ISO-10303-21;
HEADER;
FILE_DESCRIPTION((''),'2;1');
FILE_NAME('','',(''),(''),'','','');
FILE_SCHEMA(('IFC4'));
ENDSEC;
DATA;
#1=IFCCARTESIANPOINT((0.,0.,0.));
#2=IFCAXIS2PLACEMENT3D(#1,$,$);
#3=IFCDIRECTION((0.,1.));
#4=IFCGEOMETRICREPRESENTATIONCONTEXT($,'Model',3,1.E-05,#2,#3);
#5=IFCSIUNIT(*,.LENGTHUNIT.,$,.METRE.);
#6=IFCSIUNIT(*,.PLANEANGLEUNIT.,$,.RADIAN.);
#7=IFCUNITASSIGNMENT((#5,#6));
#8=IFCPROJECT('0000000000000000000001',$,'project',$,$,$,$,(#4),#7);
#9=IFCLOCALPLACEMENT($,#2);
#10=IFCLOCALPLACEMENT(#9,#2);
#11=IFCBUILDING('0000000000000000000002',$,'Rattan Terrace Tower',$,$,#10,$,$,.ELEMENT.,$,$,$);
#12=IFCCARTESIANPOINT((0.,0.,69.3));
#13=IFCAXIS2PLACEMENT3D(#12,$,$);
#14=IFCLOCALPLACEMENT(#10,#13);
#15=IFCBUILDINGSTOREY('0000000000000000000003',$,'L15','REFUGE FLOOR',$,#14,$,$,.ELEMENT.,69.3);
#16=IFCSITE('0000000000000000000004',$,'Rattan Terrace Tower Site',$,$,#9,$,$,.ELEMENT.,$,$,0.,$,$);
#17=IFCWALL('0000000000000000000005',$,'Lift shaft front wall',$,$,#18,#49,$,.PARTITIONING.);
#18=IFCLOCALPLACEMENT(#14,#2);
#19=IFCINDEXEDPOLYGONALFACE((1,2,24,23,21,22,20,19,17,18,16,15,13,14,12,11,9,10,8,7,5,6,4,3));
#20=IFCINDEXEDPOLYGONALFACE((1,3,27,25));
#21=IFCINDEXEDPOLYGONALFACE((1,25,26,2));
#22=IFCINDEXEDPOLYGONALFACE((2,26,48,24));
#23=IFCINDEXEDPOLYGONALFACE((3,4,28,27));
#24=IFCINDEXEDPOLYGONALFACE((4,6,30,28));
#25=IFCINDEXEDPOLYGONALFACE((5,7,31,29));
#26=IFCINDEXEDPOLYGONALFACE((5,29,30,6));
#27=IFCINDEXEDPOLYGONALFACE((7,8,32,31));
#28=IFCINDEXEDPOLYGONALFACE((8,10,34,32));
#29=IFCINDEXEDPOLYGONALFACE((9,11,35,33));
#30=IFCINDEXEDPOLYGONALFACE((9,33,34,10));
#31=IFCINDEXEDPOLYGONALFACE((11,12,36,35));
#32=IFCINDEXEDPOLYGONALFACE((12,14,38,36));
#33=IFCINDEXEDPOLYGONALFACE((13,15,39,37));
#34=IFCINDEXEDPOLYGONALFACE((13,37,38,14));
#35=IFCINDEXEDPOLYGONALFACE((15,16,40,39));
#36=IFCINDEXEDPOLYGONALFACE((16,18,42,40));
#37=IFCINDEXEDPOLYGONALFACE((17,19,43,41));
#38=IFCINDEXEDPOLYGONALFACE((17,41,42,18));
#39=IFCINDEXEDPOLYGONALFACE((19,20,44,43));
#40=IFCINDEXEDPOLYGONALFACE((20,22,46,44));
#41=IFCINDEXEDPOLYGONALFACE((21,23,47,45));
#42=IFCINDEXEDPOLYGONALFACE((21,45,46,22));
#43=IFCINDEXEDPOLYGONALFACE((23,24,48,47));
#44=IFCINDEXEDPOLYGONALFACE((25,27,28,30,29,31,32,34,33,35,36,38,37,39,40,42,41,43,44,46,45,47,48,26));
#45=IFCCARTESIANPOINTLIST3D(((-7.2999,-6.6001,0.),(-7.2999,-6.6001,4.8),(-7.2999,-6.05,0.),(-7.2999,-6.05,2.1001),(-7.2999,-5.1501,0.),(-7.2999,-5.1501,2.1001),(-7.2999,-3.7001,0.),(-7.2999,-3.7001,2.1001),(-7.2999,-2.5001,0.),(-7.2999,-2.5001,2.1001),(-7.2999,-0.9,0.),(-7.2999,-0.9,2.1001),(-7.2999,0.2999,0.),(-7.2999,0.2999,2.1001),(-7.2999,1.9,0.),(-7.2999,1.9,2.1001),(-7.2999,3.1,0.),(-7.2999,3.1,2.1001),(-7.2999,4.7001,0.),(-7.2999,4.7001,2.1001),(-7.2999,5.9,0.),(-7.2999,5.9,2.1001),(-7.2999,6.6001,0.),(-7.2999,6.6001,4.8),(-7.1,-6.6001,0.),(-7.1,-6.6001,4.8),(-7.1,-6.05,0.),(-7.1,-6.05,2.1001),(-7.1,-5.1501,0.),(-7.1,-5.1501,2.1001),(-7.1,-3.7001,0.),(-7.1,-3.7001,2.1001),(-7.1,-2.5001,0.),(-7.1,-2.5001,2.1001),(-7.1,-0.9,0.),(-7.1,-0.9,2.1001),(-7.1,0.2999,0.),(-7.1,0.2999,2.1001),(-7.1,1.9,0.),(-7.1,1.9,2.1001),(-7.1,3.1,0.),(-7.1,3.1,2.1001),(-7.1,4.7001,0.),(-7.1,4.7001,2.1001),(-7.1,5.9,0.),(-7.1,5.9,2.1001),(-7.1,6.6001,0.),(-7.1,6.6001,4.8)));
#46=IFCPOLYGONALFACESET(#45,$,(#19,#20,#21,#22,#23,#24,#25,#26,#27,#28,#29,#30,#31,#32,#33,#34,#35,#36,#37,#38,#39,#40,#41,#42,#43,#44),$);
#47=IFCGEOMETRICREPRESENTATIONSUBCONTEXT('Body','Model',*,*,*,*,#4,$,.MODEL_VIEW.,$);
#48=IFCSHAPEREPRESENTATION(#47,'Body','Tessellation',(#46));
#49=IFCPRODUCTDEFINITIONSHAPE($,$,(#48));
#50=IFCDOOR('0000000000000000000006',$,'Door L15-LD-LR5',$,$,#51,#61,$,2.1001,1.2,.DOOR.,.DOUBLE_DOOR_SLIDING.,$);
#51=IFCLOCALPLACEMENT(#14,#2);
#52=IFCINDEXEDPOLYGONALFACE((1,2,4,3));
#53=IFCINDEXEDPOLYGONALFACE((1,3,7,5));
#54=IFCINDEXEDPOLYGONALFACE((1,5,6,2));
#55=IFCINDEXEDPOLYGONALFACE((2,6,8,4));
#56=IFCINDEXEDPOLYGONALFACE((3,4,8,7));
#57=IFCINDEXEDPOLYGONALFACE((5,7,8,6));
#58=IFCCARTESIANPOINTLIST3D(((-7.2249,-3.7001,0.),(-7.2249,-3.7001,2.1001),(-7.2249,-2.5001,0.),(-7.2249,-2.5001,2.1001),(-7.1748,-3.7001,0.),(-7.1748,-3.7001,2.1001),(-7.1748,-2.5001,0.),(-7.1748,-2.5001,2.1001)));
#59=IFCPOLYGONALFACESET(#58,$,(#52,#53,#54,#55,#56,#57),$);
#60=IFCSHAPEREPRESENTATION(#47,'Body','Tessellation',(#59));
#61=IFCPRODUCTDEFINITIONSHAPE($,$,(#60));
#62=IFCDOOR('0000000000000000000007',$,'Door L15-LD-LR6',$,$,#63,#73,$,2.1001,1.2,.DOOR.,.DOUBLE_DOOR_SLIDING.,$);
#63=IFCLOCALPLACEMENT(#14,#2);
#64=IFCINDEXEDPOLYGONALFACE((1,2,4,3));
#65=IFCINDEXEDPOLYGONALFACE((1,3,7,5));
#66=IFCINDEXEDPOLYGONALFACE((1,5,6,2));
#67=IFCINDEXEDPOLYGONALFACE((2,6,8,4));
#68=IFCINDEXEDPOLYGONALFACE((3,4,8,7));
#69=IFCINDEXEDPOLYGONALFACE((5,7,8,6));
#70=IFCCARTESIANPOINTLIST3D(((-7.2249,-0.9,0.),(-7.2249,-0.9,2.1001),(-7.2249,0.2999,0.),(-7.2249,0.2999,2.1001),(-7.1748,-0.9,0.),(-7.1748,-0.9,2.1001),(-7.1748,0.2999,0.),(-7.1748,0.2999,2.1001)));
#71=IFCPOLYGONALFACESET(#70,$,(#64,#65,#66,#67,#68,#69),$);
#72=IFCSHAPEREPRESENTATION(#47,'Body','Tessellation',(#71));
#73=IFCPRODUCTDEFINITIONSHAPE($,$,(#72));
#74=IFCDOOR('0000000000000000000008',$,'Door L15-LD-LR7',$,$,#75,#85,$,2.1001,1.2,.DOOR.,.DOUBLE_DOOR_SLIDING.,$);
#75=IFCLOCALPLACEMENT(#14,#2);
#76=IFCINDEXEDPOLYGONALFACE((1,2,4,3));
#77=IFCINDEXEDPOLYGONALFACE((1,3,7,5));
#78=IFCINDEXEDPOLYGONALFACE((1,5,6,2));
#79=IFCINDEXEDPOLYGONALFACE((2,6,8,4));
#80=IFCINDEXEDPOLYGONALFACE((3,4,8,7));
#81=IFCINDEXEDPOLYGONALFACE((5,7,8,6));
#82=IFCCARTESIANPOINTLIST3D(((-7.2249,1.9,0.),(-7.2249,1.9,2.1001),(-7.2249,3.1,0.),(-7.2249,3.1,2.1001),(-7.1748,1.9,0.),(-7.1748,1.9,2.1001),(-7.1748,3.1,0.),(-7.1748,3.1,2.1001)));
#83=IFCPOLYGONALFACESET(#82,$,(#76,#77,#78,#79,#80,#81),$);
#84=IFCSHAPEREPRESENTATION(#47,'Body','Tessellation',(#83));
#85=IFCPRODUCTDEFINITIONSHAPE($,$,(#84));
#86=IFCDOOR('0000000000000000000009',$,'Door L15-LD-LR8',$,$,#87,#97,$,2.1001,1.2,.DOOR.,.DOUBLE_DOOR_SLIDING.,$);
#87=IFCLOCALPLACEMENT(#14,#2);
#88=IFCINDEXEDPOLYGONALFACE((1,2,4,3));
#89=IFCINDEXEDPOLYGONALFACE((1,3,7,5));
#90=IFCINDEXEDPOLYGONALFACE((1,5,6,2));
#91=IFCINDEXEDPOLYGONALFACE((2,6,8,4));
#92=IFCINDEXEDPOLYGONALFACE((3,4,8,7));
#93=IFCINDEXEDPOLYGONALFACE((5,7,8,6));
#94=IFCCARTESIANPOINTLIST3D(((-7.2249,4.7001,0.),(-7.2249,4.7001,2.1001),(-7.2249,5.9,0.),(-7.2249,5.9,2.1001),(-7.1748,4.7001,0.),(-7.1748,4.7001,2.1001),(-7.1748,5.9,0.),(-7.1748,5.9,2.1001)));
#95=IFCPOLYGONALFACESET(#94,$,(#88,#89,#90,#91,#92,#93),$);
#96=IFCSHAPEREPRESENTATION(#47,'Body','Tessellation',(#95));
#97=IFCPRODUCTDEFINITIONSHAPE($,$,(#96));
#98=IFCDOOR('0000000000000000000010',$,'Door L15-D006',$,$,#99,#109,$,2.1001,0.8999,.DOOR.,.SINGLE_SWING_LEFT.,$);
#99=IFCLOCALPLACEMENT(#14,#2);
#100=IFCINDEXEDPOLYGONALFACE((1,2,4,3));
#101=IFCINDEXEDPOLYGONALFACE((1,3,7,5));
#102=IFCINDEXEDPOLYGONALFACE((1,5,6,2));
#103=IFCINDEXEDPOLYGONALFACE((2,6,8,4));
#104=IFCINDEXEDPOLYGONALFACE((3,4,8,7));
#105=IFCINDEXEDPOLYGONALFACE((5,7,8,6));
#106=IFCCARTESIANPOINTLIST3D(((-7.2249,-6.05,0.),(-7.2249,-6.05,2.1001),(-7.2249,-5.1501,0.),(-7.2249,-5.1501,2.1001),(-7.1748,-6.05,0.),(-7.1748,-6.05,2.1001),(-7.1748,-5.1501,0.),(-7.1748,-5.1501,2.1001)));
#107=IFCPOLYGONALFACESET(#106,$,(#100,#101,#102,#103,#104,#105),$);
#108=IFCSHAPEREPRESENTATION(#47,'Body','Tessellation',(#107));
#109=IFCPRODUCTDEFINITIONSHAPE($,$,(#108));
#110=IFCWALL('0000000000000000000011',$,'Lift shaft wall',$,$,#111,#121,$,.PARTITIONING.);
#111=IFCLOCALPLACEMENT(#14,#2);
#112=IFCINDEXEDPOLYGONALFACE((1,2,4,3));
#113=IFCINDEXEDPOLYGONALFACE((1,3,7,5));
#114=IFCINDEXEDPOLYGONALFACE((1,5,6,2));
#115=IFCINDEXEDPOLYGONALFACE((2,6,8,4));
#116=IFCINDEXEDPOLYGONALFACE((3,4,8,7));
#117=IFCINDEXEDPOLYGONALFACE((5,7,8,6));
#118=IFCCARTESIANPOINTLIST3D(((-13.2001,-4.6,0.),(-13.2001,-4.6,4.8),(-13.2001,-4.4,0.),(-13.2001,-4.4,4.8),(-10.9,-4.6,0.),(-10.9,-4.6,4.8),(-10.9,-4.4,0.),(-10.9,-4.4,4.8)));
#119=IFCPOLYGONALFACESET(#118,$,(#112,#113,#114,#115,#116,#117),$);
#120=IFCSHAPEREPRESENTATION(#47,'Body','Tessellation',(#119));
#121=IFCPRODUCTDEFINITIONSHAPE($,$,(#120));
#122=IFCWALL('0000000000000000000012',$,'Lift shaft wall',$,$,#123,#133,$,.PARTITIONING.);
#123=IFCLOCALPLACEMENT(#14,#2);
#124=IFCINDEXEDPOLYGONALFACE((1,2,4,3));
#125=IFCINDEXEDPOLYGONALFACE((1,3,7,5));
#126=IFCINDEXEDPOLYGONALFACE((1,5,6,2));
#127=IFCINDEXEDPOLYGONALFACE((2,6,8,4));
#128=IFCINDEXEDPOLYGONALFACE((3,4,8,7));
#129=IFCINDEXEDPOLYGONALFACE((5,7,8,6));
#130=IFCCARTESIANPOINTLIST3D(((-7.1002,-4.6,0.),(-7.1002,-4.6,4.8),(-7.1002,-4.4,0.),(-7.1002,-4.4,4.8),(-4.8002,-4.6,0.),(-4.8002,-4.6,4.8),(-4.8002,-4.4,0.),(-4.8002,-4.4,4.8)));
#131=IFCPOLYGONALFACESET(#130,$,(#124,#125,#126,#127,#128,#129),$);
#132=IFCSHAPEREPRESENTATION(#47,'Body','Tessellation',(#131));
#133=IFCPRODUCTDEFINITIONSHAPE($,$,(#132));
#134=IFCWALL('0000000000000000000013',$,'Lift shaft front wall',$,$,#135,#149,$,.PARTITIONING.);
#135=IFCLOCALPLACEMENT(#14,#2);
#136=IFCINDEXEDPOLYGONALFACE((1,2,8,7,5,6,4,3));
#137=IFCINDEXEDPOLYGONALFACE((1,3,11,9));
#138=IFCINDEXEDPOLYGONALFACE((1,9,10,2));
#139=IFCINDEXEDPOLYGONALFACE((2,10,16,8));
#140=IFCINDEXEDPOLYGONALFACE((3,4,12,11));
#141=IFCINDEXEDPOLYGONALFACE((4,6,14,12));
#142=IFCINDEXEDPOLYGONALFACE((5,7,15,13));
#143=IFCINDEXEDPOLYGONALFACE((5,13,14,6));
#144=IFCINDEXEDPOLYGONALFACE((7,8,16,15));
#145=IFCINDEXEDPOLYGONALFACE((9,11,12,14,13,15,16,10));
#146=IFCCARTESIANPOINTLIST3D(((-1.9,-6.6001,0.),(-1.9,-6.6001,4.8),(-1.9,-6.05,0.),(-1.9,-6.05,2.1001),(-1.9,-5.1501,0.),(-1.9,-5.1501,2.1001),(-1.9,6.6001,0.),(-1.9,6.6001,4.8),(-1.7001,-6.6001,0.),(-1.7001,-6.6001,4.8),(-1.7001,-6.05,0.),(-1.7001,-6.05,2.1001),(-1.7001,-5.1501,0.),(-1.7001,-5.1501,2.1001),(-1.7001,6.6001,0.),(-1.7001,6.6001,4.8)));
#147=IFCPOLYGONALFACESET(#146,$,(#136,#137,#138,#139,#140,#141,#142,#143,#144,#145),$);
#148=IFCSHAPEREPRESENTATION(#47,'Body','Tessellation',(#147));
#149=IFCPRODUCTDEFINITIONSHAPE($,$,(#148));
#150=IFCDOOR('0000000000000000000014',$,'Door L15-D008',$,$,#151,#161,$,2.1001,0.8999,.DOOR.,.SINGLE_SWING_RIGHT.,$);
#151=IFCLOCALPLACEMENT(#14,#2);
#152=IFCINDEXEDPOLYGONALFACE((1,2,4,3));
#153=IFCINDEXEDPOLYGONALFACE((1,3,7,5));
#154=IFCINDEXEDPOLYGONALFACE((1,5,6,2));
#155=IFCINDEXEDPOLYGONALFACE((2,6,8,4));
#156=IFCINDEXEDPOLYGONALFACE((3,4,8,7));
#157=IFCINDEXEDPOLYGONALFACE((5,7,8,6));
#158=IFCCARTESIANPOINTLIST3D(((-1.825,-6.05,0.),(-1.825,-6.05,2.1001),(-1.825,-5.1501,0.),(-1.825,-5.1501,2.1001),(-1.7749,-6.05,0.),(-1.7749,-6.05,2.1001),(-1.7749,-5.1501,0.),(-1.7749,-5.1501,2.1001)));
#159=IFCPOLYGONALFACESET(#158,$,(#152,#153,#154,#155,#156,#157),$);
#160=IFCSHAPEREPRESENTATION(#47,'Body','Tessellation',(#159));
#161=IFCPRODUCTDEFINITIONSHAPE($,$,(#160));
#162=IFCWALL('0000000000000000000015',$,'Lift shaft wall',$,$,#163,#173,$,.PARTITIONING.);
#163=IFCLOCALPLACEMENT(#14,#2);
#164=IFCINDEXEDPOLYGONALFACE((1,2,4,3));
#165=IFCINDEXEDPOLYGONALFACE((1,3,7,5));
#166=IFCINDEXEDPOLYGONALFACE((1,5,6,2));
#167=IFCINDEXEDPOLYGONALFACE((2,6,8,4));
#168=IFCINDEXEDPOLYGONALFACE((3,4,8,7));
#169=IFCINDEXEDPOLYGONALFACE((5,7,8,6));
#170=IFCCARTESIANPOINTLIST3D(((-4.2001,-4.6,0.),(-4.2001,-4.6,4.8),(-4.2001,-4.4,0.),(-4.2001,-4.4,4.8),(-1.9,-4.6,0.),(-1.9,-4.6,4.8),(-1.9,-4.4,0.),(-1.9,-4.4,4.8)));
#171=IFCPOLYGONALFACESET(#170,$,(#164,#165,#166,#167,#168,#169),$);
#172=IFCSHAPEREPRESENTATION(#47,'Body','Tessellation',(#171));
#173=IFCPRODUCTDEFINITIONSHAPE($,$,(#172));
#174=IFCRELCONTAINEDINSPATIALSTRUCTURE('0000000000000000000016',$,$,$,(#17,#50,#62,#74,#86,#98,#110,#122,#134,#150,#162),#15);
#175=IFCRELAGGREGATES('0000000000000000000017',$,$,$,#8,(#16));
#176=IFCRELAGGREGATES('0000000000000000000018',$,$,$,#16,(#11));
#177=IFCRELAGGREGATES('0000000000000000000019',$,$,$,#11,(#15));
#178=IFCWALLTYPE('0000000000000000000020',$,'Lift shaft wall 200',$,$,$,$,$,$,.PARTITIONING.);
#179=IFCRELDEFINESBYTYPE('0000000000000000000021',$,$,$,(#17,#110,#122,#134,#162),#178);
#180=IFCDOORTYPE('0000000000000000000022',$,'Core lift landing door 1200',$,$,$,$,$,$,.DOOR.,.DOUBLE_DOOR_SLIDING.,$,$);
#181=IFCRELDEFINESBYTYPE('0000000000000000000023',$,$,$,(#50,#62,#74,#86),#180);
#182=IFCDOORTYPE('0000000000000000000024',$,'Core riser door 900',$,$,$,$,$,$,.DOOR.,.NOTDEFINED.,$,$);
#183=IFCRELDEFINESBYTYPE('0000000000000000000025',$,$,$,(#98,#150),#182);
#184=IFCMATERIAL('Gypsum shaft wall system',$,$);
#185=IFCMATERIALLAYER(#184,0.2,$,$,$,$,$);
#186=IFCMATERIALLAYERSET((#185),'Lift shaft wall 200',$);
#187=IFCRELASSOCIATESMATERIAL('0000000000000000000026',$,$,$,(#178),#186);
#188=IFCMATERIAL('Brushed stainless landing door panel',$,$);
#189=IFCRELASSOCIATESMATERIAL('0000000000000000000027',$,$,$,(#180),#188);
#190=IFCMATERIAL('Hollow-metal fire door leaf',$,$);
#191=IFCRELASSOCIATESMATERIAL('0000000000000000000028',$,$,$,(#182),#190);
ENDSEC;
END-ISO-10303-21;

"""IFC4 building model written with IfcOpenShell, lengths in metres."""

from ifc_helpers import new_model, si_unit, direction, frame, frame_2d, origin, place, context, subcontext, project, spatial, rectangle, extrude, material, layer, layer_set, type_object, element, fill, save


model = new_model("IFC4")

# Units and contexts
model_context = context("Model", 3, precision=1e-05, world=origin(), true_north=direction((0.0, 1.0)))
body_context = subcontext(model_context, "Body", "Model", "MODEL_VIEW")
ifc_project = project(units=[si_unit("LENGTHUNIT", "METRE"), si_unit("PLANEANGLEUNIT", "RADIAN")], contexts=[model_context])

# Site, building, storey
site_placement = place(None, origin())
site = spatial("IfcSite", under=ifc_project, at=site_placement, Name="Rattan Terrace Tower Site", CompositionType="ELEMENT", RefElevation=0.0)
building_placement = place(site_placement, origin())
building = spatial("IfcBuilding", under=site, at=building_placement, Name="Rattan Terrace Tower", CompositionType="ELEMENT")
storey_placement = place(building_placement, frame((0.0, 0.0, 69.3)))
storey = spatial("IfcBuildingStorey", under=building, at=storey_placement, Name="L15", Description="REFUGE FLOOR", CompositionType="ELEMENT", Elevation=69.3)

# Wall, openings, doors
ifc_material_1 = material(Name="Gypsum shaft wall system")
ifc_layer_1 = layer(ifc_material_1, 0.2)
ifc_layer_set_1 = layer_set([ifc_layer_1], Name="Lift shaft wall 200")
wall_type_1 = type_object("IfcWallType", Name="Lift shaft wall 200", PredefinedType="PARTITIONING", material=ifc_layer_set_1)
ifc_material_2 = material(Name="Brushed stainless landing door panel")
door_type_1 = type_object("IfcDoorType", Name="Core lift landing door 1200", OperationType="DOUBLE_DOOR_SLIDING", PredefinedType="DOOR", material=ifc_material_2)
ifc_material_3 = material(Name="Hollow-metal fire door leaf")
door_type_2 = type_object("IfcDoorType", Name="Core riser door 900", OperationType="NOTDEFINED", PredefinedType="DOOR", material=ifc_material_3)
wall_1_placement = place(storey_placement, frame((-7.2, -6.6001, 0.0), z_axis=(0.0, 0.0, 1.0), x_axis=(0.0, 1.0, 0.0)))
wall_1 = element("IfcWall", 1, at=wall_1_placement, inside=storey, type_object=wall_type_1, Name="Lift shaft front wall", PredefinedType="PARTITIONING", context=body_context, shape_type="SweptSolid", body=[
    extrude(rectangle(XDim=13.2002, YDim=0.2, at=frame_2d((6.6001, 0.0))), origin(), (0.0, 0.0, 1.0), 4.8),
])
opening_1_placement = place(wall_1_placement, frame((0.55, 0.0, 0.0)))
opening_1 = element("IfcOpeningElement", 2, at=opening_1_placement, cuts=wall_1, PredefinedType="OPENING", context=body_context, shape_type="SweptSolid", body=[
    extrude(rectangle(XDim=0.8999, YDim=2.1001, at=frame_2d((0.45, 1.05))), frame((0.0, 0.1106, 0.0), z_axis=(0.0, -1.0, 0.0), x_axis=(1.0, 0.0, 0.0)), (0.0, 0.0, 1.0), 0.2209),
])
opening_2_placement = place(wall_1_placement, frame((2.8999, 0.0, 0.0)))
opening_2 = element("IfcOpeningElement", 3, at=opening_2_placement, cuts=wall_1, PredefinedType="OPENING", context=body_context, shape_type="SweptSolid", body=[
    extrude(rectangle(XDim=1.2, YDim=2.1001, at=frame_2d((0.6001, 1.05))), frame((0.0, 0.1106, 0.0), z_axis=(0.0, -1.0, 0.0), x_axis=(1.0, 0.0, 0.0)), (0.0, 0.0, 1.0), 0.2209),
])
opening_3_placement = place(wall_1_placement, frame((5.7, 0.0, 0.0)))
opening_3 = element("IfcOpeningElement", 4, at=opening_3_placement, cuts=wall_1, PredefinedType="OPENING", context=body_context, shape_type="SweptSolid", body=[
    extrude(rectangle(XDim=1.2, YDim=2.1001, at=frame_2d((0.6001, 1.05))), frame((0.0, 0.1106, 0.0), z_axis=(0.0, -1.0, 0.0), x_axis=(1.0, 0.0, 0.0)), (0.0, 0.0, 1.0), 0.2209),
])
opening_4_placement = place(wall_1_placement, frame((8.5, 0.0, 0.0)))
opening_4 = element("IfcOpeningElement", 5, at=opening_4_placement, cuts=wall_1, PredefinedType="OPENING", context=body_context, shape_type="SweptSolid", body=[
    extrude(rectangle(XDim=1.2, YDim=2.1001, at=frame_2d((0.6001, 1.05))), frame((0.0, 0.1106, 0.0), z_axis=(0.0, -1.0, 0.0), x_axis=(1.0, 0.0, 0.0)), (0.0, 0.0, 1.0), 0.2209),
])
opening_5_placement = place(wall_1_placement, frame((11.3, 0.0, 0.0)))
opening_5 = element("IfcOpeningElement", 6, at=opening_5_placement, cuts=wall_1, PredefinedType="OPENING", context=body_context, shape_type="SweptSolid", body=[
    extrude(rectangle(XDim=1.2, YDim=2.1001, at=frame_2d((0.6001, 1.05))), frame((0.0, 0.1106, 0.0), z_axis=(0.0, -1.0, 0.0), x_axis=(1.0, 0.0, 0.0)), (0.0, 0.0, 1.0), 0.2209),
])
door_1_placement = place(opening_2_placement, origin())
door_1 = element("IfcDoor", 7, at=door_1_placement, inside=storey, type_object=door_type_1, Name="Door L15-LD-LR5", OperationType="DOUBLE_DOOR_SLIDING", OverallHeight=2.1001, OverallWidth=1.2, PredefinedType="DOOR", context=body_context, shape_type="SweptSolid", body=[
    extrude(rectangle(XDim=1.2, YDim=2.1001, at=frame_2d((0.6001, 1.05))), frame((0.0, 0.0249, 0.0), z_axis=(0.0, -1.0, 0.0), x_axis=(1.0, 0.0, 0.0)), (0.0, 0.0, 1.0), 0.05),
])
fill(opening_2, door_1)
door_2_placement = place(opening_3_placement, origin())
door_2 = element("IfcDoor", 8, at=door_2_placement, inside=storey, type_object=door_type_1, Name="Door L15-LD-LR6", OperationType="DOUBLE_DOOR_SLIDING", OverallHeight=2.1001, OverallWidth=1.2, PredefinedType="DOOR", context=body_context, shape_type="SweptSolid", body=[
    extrude(rectangle(XDim=1.2, YDim=2.1001, at=frame_2d((0.6001, 1.05))), frame((0.0, 0.0249, 0.0), z_axis=(0.0, -1.0, 0.0), x_axis=(1.0, 0.0, 0.0)), (0.0, 0.0, 1.0), 0.05),
])
fill(opening_3, door_2)
door_3_placement = place(opening_4_placement, origin())
door_3 = element("IfcDoor", 9, at=door_3_placement, inside=storey, type_object=door_type_1, Name="Door L15-LD-LR7", OperationType="DOUBLE_DOOR_SLIDING", OverallHeight=2.1001, OverallWidth=1.2, PredefinedType="DOOR", context=body_context, shape_type="SweptSolid", body=[
    extrude(rectangle(XDim=1.2, YDim=2.1001, at=frame_2d((0.6001, 1.05))), frame((0.0, 0.0249, 0.0), z_axis=(0.0, -1.0, 0.0), x_axis=(1.0, 0.0, 0.0)), (0.0, 0.0, 1.0), 0.05),
])
fill(opening_4, door_3)
door_4_placement = place(opening_5_placement, origin())
door_4 = element("IfcDoor", 10, at=door_4_placement, inside=storey, type_object=door_type_1, Name="Door L15-LD-LR8", OperationType="DOUBLE_DOOR_SLIDING", OverallHeight=2.1001, OverallWidth=1.2, PredefinedType="DOOR", context=body_context, shape_type="SweptSolid", body=[
    extrude(rectangle(XDim=1.2, YDim=2.1001, at=frame_2d((0.6001, 1.05))), frame((0.0, 0.0249, 0.0), z_axis=(0.0, -1.0, 0.0), x_axis=(1.0, 0.0, 0.0)), (0.0, 0.0, 1.0), 0.05),
])
fill(opening_5, door_4)
door_5_placement = place(opening_1_placement, origin())
door_5 = element("IfcDoor", 11, at=door_5_placement, inside=storey, type_object=door_type_2, Name="Door L15-D006", OperationType="SINGLE_SWING_LEFT", OverallHeight=2.1001, OverallWidth=0.8999, PredefinedType="DOOR", context=body_context, shape_type="SweptSolid", body=[
    extrude(rectangle(XDim=0.8999, YDim=2.1001, at=frame_2d((0.45, 1.05))), frame((0.0, 0.0249, 0.0), z_axis=(0.0, -1.0, 0.0), x_axis=(1.0, 0.0, 0.0)), (0.0, 0.0, 1.0), 0.05),
])
fill(opening_1, door_5)

# Walls
for number, where, z_axis, x_axis, name in (
    (12, (-13.2, -4.5, 0.0), (0.0, 0.0, 1.0), (1.0, 0.0, 0.0), "Lift shaft wall"),
    (13, (-7.1001, -4.5, 0.0), (0.0, 0.0, 1.0), (1.0, 0.0, 0.0), "Lift shaft wall"),
):
    element("IfcWall", number, at=place(storey_placement, frame(where, z_axis=z_axis, x_axis=x_axis)), inside=storey, type_object=wall_type_1, Name=name, PredefinedType="PARTITIONING", context=body_context, shape_type="SweptSolid", body=[
        extrude(rectangle(XDim=2.3, YDim=0.2, at=frame_2d((1.1499, 0.0))), origin(), (0.0, 0.0, 1.0), 4.8),
    ])

# Wall, opening, door
wall_2_placement = place(storey_placement, frame((-1.8, -6.6001, 0.0), z_axis=(0.0, 0.0, 1.0), x_axis=(0.0, 1.0, 0.0)))
wall_2 = element("IfcWall", 14, at=wall_2_placement, inside=storey, type_object=wall_type_1, Name="Lift shaft front wall", PredefinedType="PARTITIONING", context=body_context, shape_type="SweptSolid", body=[
    extrude(rectangle(XDim=13.2002, YDim=0.2, at=frame_2d((6.6001, 0.0))), origin(), (0.0, 0.0, 1.0), 4.8),
])
opening_6_placement = place(wall_2_placement, frame((0.55, 0.0, 0.0)))
opening_6 = element("IfcOpeningElement", 15, at=opening_6_placement, cuts=wall_2, PredefinedType="OPENING", context=body_context, shape_type="SweptSolid", body=[
    extrude(rectangle(XDim=0.8999, YDim=2.1001, at=frame_2d((0.45, 1.05))), frame((0.0, 0.1106, 0.0), z_axis=(0.0, -1.0, 0.0), x_axis=(1.0, 0.0, 0.0)), (0.0, 0.0, 1.0), 0.2209),
])
door_6_placement = place(opening_6_placement, origin())
door_6 = element("IfcDoor", 16, at=door_6_placement, inside=storey, type_object=door_type_2, Name="Door L15-D008", OperationType="SINGLE_SWING_RIGHT", OverallHeight=2.1001, OverallWidth=0.8999, PredefinedType="DOOR", context=body_context, shape_type="SweptSolid", body=[
    extrude(rectangle(XDim=0.8999, YDim=2.1001, at=frame_2d((0.45, 1.05))), frame((0.0, 0.0249, 0.0), z_axis=(0.0, -1.0, 0.0), x_axis=(1.0, 0.0, 0.0)), (0.0, 0.0, 1.0), 0.05),
])
fill(opening_6, door_6)

# Wall
wall_3_placement = place(storey_placement, frame((-4.2, -4.5, 0.0), z_axis=(0.0, 0.0, 1.0), x_axis=(1.0, 0.0, 0.0)))
element("IfcWall", 17, at=wall_3_placement, inside=storey, type_object=wall_type_1, Name="Lift shaft wall", PredefinedType="PARTITIONING", context=body_context, shape_type="SweptSolid", body=[
    extrude(rectangle(XDim=2.3, YDim=0.2, at=frame_2d((1.1499, 0.0))), origin(), (0.0, 0.0, 1.0), 4.8),
])

save(model, "model.ifc")
